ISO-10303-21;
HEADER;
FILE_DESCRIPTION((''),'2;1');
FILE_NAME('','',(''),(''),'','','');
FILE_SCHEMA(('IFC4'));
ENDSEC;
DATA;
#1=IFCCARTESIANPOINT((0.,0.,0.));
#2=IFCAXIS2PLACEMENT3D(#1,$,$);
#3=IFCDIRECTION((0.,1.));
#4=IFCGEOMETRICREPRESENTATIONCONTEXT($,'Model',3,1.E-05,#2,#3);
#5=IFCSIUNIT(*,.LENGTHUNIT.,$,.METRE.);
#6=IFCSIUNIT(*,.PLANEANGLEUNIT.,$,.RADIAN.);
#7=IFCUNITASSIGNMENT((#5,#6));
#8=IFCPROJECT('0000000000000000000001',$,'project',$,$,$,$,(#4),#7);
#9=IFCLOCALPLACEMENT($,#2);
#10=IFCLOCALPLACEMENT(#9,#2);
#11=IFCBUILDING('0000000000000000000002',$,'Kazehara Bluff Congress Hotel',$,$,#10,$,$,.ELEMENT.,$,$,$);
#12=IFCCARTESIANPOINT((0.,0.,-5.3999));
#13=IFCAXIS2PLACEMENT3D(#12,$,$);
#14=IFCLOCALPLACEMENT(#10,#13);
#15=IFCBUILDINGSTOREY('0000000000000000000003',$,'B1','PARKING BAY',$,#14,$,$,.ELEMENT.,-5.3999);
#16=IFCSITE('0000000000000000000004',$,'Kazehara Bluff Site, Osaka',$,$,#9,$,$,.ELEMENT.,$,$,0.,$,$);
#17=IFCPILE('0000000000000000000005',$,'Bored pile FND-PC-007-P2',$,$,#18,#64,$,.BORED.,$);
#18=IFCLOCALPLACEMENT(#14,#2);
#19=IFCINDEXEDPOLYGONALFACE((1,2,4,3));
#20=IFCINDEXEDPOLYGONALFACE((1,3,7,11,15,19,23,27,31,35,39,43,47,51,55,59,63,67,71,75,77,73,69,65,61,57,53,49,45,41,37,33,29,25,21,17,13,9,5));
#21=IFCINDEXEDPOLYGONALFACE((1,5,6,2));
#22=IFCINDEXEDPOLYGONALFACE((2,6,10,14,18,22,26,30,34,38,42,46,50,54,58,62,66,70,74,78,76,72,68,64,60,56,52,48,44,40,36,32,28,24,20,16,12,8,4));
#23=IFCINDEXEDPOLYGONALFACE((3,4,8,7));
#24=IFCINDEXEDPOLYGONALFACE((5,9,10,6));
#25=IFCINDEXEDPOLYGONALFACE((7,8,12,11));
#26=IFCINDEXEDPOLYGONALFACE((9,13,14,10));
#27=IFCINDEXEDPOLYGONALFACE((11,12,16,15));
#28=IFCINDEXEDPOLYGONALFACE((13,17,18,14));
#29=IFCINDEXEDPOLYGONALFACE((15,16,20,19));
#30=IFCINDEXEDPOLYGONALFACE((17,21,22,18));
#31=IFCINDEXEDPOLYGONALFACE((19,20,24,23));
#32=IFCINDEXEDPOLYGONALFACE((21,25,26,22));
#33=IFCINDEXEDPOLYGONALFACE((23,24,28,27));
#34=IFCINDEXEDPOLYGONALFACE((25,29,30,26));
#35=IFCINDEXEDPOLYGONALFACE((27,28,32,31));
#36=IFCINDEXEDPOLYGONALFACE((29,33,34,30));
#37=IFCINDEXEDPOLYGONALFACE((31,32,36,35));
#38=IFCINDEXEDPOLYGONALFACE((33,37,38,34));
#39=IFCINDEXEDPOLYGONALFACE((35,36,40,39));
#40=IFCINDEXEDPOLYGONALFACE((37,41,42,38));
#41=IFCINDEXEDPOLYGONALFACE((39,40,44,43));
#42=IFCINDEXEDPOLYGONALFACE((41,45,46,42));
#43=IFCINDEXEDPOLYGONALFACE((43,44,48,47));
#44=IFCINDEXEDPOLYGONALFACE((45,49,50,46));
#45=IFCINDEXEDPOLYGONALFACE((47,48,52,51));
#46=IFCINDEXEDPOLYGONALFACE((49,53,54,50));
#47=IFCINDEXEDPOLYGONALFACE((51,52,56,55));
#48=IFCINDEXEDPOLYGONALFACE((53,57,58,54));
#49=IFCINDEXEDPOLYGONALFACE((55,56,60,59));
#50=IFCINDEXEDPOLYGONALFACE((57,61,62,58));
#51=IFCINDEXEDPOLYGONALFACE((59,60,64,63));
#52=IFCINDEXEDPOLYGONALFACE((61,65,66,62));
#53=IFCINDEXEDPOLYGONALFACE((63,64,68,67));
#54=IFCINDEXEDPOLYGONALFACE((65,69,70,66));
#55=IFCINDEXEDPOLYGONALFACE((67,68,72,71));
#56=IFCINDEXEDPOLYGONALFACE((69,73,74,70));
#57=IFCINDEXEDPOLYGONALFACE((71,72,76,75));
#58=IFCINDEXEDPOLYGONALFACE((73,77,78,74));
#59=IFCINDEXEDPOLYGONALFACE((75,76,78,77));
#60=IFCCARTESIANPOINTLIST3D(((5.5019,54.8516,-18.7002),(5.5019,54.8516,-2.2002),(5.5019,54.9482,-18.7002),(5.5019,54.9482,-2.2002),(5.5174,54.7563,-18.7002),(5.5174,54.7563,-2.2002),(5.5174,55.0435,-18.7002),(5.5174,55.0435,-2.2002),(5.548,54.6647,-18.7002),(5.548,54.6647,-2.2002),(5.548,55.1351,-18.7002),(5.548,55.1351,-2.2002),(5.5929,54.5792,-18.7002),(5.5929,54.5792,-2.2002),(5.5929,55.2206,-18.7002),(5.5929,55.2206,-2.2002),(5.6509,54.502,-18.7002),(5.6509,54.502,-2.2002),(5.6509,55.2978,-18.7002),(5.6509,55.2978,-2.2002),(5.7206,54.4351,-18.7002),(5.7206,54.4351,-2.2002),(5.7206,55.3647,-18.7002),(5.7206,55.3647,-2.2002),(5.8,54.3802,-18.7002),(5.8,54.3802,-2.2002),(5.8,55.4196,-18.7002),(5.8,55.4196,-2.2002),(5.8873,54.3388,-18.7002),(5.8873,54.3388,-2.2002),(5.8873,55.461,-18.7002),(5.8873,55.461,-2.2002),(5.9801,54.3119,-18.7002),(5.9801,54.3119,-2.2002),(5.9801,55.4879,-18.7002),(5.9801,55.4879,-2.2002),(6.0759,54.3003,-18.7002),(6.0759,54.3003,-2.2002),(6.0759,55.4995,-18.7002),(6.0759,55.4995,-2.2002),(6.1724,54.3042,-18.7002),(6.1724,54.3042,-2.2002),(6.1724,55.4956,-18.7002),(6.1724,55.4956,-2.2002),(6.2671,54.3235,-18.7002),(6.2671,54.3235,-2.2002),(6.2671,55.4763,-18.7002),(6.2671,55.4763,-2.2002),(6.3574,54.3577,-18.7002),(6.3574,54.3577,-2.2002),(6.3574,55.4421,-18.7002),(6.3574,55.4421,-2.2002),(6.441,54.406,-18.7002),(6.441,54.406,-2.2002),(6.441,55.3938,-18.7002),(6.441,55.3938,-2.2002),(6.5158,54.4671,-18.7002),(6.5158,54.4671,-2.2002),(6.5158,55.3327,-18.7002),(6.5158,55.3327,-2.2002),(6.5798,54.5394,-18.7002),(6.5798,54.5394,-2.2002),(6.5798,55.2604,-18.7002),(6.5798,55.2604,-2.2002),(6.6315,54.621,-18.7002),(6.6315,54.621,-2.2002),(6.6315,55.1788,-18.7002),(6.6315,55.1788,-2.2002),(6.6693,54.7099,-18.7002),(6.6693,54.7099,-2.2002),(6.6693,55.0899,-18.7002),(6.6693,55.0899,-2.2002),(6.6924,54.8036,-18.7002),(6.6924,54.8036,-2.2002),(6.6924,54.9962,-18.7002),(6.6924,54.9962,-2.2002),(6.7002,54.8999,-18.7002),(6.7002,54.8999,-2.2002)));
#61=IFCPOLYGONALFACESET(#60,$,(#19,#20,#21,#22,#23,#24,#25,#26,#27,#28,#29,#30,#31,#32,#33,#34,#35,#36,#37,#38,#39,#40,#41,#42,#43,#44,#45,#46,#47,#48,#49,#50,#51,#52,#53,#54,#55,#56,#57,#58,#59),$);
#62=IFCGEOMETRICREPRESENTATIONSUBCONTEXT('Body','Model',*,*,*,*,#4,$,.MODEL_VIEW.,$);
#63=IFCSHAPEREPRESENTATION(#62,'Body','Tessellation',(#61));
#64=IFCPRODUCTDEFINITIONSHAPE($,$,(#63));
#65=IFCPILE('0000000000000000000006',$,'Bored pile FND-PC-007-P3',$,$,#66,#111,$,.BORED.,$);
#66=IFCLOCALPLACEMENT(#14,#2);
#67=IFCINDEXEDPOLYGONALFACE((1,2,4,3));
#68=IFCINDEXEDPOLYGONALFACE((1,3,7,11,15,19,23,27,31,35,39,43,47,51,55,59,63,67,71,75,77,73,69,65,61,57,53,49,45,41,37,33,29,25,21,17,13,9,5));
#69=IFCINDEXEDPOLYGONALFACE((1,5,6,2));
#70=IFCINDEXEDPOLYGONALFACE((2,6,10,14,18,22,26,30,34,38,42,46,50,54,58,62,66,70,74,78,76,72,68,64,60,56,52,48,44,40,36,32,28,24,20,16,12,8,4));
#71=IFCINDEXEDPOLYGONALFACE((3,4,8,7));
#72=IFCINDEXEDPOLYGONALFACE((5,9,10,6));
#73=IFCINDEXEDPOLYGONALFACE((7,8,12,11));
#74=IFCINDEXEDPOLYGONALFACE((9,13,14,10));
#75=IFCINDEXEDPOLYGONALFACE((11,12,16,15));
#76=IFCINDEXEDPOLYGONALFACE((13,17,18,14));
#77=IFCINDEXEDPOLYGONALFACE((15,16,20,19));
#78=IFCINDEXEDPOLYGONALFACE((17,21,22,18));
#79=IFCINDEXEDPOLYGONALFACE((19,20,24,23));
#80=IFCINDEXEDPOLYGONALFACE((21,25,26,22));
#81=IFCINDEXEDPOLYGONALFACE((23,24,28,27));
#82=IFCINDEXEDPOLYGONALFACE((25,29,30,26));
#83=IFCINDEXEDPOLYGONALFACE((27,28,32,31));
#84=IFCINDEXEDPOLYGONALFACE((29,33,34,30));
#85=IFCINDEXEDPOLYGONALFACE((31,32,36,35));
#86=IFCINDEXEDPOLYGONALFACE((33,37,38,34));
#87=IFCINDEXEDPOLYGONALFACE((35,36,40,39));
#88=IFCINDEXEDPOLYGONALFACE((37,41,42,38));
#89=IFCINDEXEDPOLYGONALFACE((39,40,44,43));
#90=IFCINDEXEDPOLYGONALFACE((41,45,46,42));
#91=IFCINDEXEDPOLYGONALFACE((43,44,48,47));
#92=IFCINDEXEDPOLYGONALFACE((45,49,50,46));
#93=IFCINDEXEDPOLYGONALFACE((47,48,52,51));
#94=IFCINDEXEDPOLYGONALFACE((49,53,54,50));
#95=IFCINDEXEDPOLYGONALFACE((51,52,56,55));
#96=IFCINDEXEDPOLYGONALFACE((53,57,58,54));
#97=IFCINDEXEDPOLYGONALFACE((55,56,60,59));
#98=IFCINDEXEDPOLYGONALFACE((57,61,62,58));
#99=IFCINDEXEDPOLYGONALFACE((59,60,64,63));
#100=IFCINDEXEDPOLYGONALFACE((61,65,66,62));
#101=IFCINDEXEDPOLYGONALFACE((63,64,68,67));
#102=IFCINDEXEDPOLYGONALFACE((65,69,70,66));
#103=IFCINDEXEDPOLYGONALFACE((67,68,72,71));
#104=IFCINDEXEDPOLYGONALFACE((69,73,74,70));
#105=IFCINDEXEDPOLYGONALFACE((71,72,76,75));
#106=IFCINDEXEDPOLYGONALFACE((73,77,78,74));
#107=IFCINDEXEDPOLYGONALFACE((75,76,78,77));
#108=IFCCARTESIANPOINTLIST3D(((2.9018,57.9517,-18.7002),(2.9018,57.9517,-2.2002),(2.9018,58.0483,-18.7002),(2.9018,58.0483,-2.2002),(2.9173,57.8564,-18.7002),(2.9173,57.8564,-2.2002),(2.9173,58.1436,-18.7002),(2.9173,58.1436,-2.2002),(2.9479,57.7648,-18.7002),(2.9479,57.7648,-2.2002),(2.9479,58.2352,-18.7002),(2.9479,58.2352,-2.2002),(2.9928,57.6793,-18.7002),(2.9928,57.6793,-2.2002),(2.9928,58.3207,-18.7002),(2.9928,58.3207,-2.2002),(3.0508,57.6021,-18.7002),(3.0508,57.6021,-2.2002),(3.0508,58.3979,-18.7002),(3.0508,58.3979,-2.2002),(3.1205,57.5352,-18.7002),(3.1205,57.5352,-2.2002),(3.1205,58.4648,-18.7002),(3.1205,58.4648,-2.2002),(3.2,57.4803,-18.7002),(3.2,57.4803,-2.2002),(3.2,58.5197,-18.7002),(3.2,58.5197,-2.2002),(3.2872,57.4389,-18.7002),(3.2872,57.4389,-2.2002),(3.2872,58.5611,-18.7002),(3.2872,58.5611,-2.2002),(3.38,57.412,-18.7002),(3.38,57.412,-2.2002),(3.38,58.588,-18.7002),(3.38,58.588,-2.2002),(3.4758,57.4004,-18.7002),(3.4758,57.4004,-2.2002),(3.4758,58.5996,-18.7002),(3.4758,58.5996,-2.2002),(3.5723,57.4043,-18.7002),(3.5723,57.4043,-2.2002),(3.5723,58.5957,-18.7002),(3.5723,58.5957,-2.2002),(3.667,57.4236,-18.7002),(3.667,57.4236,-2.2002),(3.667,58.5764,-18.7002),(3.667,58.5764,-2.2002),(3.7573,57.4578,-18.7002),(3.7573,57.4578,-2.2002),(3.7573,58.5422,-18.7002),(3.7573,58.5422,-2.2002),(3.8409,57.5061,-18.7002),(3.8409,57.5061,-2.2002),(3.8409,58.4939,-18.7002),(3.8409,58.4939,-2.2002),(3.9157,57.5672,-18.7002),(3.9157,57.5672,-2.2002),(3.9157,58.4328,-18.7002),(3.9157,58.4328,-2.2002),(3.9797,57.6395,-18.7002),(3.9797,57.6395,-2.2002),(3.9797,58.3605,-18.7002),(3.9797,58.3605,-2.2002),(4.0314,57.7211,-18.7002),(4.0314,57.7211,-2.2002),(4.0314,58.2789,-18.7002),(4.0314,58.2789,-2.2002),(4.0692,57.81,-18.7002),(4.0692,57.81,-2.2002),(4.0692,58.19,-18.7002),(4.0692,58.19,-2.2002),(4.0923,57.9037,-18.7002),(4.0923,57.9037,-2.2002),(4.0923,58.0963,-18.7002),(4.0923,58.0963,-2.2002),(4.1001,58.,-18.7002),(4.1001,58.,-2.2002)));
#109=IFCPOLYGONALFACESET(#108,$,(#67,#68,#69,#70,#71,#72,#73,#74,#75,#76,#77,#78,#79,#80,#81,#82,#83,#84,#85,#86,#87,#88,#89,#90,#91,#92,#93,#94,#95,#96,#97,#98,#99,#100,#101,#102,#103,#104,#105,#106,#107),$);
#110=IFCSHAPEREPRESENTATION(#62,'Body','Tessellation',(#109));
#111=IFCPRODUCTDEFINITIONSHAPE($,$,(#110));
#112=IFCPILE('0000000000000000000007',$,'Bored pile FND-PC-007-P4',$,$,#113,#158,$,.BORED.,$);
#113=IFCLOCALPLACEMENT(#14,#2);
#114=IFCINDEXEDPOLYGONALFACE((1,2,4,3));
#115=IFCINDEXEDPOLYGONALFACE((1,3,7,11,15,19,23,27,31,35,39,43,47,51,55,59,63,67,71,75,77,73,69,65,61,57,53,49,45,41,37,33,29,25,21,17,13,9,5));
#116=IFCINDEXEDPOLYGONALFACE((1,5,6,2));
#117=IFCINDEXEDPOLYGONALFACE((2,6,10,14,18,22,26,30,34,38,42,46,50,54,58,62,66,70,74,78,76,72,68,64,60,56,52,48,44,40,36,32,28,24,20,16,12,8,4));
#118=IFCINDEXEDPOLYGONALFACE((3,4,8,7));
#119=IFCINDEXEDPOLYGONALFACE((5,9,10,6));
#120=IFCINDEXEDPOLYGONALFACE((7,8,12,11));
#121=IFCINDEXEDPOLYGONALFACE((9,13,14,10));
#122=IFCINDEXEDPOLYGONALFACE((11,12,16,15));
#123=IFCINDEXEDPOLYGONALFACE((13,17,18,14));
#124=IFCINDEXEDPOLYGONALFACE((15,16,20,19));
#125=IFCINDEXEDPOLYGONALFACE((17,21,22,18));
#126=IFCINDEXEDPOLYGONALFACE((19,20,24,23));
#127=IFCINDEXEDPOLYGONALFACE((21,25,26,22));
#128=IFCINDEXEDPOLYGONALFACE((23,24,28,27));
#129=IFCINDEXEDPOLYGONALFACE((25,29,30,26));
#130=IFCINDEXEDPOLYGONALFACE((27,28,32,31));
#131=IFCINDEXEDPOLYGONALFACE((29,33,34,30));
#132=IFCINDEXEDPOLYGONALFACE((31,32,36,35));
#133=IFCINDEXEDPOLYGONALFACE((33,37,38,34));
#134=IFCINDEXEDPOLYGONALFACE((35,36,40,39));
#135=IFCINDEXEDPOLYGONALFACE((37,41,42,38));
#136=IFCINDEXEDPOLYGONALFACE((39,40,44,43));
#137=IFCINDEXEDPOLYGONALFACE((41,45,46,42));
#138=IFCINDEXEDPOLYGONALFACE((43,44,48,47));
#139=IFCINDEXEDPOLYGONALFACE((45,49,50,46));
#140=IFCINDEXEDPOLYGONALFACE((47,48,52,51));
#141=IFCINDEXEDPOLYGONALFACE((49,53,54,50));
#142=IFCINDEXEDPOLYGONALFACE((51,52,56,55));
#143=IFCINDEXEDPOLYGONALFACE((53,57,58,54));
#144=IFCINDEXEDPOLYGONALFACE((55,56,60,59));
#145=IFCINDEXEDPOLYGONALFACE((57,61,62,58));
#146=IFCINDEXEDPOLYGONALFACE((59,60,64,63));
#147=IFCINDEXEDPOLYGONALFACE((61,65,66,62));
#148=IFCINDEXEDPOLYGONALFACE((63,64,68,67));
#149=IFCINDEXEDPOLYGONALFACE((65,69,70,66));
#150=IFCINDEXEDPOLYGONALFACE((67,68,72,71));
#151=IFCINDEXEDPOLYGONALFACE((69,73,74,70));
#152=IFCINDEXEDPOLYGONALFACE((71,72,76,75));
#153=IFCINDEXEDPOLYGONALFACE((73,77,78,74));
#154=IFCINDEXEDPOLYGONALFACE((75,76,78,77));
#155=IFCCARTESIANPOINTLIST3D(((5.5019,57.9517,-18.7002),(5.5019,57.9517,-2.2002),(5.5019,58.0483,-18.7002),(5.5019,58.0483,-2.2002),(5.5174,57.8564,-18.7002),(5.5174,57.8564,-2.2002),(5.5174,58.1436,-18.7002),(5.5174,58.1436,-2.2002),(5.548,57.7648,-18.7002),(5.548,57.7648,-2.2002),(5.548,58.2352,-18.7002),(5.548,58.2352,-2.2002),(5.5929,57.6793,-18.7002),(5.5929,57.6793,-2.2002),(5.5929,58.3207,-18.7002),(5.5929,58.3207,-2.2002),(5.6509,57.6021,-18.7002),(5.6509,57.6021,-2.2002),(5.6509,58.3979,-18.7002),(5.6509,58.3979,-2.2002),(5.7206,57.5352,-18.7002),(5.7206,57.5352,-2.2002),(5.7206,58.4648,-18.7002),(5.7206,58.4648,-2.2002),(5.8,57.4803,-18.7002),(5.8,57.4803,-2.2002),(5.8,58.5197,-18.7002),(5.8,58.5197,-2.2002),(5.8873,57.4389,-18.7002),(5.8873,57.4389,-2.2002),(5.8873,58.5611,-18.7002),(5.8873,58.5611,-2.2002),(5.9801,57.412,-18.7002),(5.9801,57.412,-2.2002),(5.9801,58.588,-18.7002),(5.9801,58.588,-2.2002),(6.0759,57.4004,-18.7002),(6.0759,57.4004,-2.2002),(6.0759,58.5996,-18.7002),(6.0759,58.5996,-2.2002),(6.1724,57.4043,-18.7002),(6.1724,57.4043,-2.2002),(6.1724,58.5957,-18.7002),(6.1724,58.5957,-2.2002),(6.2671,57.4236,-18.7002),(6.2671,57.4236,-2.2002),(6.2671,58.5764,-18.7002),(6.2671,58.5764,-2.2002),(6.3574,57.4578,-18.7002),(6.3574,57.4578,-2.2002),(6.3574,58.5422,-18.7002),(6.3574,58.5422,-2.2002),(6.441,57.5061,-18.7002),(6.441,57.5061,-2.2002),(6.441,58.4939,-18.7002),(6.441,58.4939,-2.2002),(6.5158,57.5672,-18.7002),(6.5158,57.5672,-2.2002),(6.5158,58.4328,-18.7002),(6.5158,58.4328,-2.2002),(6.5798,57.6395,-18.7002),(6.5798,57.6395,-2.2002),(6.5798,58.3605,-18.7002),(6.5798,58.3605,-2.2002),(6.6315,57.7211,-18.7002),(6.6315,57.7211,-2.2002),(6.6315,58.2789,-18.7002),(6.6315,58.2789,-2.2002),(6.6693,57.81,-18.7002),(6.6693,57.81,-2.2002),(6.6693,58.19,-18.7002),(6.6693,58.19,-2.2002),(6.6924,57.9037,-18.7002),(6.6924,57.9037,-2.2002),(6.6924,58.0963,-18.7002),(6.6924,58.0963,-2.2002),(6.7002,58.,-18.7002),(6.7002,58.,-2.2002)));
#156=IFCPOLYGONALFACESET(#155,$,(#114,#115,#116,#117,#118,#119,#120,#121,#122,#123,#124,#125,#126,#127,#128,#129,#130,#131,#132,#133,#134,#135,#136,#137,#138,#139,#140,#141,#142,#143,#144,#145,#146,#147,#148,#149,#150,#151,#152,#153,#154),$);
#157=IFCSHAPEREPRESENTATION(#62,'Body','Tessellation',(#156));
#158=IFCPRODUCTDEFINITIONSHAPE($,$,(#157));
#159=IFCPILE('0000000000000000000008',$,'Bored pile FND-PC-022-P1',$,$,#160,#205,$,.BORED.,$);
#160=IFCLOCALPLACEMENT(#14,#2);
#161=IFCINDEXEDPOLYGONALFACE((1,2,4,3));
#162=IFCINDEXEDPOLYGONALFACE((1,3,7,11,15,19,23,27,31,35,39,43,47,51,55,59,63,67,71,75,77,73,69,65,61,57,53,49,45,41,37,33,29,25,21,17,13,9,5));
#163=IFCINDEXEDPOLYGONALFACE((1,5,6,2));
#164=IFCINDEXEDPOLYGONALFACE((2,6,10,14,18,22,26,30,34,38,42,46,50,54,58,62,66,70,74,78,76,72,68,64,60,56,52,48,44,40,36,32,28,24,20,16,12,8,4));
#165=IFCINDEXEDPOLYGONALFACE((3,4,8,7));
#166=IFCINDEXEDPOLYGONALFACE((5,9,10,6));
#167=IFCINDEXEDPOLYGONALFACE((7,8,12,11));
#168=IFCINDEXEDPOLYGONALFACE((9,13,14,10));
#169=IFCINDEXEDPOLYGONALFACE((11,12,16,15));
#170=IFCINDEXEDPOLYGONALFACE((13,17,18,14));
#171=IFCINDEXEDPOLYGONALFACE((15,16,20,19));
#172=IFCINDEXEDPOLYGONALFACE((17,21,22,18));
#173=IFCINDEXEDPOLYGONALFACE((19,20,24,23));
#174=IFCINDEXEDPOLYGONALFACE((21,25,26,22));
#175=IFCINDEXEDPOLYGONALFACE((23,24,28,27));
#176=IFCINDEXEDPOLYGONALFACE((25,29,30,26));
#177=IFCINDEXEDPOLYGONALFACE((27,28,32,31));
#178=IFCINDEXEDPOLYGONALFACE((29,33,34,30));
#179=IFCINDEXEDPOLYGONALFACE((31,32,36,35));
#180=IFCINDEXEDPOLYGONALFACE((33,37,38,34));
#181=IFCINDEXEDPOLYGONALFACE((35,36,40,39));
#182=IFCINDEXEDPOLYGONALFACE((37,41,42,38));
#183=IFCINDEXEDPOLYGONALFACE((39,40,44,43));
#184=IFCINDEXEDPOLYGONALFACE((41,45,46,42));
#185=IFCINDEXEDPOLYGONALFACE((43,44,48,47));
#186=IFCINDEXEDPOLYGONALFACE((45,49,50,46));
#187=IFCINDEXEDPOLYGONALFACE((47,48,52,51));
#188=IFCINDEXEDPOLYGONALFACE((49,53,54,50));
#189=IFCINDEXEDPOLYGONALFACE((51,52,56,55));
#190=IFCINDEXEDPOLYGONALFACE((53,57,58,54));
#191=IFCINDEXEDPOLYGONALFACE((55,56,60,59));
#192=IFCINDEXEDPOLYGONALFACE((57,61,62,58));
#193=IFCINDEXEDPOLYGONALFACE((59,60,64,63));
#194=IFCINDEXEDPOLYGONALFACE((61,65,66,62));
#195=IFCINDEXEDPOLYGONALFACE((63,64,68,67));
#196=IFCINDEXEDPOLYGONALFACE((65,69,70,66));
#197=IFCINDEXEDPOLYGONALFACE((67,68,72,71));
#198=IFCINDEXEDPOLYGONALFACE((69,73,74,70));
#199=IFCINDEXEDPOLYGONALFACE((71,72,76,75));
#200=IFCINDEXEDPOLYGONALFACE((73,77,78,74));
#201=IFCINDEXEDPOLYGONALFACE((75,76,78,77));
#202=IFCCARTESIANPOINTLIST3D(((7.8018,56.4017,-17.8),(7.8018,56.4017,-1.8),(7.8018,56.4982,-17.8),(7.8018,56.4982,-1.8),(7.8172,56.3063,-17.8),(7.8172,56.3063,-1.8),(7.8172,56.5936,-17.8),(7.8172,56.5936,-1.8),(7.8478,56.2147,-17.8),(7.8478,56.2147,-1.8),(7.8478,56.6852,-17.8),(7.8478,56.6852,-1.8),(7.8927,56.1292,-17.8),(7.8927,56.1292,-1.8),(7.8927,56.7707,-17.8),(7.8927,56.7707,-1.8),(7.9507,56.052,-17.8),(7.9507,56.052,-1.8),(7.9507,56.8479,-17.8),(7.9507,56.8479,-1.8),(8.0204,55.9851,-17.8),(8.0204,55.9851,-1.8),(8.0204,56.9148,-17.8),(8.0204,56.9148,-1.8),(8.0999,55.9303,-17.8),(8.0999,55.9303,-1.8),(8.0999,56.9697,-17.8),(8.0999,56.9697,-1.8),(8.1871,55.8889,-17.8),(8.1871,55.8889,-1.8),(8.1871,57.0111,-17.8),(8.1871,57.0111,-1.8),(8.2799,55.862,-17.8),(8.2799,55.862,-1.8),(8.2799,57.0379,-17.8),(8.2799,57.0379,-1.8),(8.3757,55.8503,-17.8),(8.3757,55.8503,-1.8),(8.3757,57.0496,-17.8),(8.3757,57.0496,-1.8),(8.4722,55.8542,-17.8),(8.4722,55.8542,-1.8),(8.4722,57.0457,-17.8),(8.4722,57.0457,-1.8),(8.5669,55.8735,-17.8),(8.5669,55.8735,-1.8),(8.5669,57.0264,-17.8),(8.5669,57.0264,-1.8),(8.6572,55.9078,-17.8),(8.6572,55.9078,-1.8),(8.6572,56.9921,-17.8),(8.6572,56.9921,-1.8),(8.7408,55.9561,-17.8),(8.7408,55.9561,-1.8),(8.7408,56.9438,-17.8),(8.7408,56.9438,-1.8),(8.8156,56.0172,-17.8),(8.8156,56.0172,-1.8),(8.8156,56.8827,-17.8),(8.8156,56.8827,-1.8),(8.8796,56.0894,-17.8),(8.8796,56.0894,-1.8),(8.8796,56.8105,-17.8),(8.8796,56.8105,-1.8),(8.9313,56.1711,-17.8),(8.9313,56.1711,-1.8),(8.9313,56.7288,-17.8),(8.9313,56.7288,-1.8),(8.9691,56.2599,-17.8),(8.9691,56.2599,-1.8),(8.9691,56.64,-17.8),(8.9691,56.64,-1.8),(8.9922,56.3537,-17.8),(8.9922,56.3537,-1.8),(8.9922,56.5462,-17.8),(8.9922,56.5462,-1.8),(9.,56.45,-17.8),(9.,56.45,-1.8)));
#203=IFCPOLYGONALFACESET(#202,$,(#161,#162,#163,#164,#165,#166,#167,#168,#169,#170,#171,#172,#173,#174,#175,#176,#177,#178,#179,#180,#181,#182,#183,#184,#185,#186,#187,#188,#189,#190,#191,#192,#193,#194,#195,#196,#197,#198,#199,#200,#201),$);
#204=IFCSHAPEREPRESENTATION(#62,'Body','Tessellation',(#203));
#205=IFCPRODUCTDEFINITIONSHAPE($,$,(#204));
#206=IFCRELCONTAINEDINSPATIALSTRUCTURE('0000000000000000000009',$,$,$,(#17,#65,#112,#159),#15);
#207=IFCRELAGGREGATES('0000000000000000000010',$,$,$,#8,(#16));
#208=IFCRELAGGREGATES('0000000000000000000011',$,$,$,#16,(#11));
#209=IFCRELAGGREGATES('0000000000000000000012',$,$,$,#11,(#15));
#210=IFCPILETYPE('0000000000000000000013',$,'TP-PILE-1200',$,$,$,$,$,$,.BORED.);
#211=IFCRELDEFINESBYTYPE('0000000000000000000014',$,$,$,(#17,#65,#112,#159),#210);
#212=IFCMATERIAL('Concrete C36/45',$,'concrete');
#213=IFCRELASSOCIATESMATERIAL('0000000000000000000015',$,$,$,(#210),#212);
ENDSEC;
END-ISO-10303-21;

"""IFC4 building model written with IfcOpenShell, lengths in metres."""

from ifc_helpers import new_model, si_unit, direction, frame, origin, origin_2d, place, context, subcontext, project, spatial, circle, extrude, material, material_profile, profile_set, type_object, element, save


model = new_model("IFC4")

# Units and contexts
model_context = context("Model", 3, precision=1e-05, world=origin(), true_north=direction((0.0, 1.0)))
body_context = subcontext(model_context, "Body", "Model", "MODEL_VIEW")
ifc_project = project(units=[si_unit("LENGTHUNIT", "METRE"), si_unit("PLANEANGLEUNIT", "RADIAN")], contexts=[model_context])

# Site, building, storey
site_placement = place(None, origin())
site = spatial("IfcSite", under=ifc_project, at=site_placement, Name="Kazehara Bluff Site, Osaka", CompositionType="ELEMENT", RefElevation=0.0)
building_placement = place(site_placement, origin())
building = spatial("IfcBuilding", under=site, at=building_placement, Name="Kazehara Bluff Congress Hotel", CompositionType="ELEMENT")
storey_placement = place(building_placement, frame((0.0, 0.0, -5.3999)))
storey = spatial("IfcBuildingStorey", under=building, at=storey_placement, Name="B1", Description="PARKING BAY", CompositionType="ELEMENT", Elevation=-5.3999)

# Piles
ifc_material_1 = material(Name="Concrete C36/45", Category="concrete")
ifc_material_profile_1 = material_profile(ifc_material_1, circle(Radius=0.6001, at=origin_2d()))
ifc_profile_set_1 = profile_set([ifc_material_profile_1], Name="Concrete C36/45")
pile_type = type_object("IfcPileType", Name="TP-PILE-1200", PredefinedType="BORED", material=ifc_profile_set_1)
for number, where, z_axis, x_axis, name in (
    (1, (6.1001, 54.8999, -2.2002), (0.0, 0.0, -1.0), (1.0, 0.0, 0.0), "Bored pile FND-PC-007-P2"),
    (2, (3.5, 58.0, -2.2002), (0.0, 0.0, -1.0), (1.0, 0.0, 0.0), "Bored pile FND-PC-007-P3"),
    (3, (6.1001, 58.0, -2.2002), (0.0, 0.0, -1.0), (1.0, 0.0, 0.0), "Bored pile FND-PC-007-P4"),
):
    element("IfcPile", number, at=place(storey_placement, frame(where, z_axis=z_axis, x_axis=x_axis)), inside=storey, type_object=pile_type, Name=name, PredefinedType="BORED", context=body_context, shape_type="SweptSolid", body=[
        extrude(circle(Radius=0.6001, at=origin_2d()), origin(), (0.0, 0.0, 1.0), 16.5),
    ])
for number, where, z_axis, x_axis, name in (
    (4, (8.3999, 56.45, -1.8), (0.0, 0.0, -1.0), (1.0, 0.0, 0.0), "Bored pile FND-PC-022-P1"),
):
    element("IfcPile", number, at=place(storey_placement, frame(where, z_axis=z_axis, x_axis=x_axis)), inside=storey, type_object=pile_type, Name=name, PredefinedType="BORED", context=body_context, shape_type="SweptSolid", body=[
        extrude(circle(Radius=0.6001, at=origin_2d()), origin(), (0.0, 0.0, 1.0), 16.0),
    ])

save(model, "model.ifc")
